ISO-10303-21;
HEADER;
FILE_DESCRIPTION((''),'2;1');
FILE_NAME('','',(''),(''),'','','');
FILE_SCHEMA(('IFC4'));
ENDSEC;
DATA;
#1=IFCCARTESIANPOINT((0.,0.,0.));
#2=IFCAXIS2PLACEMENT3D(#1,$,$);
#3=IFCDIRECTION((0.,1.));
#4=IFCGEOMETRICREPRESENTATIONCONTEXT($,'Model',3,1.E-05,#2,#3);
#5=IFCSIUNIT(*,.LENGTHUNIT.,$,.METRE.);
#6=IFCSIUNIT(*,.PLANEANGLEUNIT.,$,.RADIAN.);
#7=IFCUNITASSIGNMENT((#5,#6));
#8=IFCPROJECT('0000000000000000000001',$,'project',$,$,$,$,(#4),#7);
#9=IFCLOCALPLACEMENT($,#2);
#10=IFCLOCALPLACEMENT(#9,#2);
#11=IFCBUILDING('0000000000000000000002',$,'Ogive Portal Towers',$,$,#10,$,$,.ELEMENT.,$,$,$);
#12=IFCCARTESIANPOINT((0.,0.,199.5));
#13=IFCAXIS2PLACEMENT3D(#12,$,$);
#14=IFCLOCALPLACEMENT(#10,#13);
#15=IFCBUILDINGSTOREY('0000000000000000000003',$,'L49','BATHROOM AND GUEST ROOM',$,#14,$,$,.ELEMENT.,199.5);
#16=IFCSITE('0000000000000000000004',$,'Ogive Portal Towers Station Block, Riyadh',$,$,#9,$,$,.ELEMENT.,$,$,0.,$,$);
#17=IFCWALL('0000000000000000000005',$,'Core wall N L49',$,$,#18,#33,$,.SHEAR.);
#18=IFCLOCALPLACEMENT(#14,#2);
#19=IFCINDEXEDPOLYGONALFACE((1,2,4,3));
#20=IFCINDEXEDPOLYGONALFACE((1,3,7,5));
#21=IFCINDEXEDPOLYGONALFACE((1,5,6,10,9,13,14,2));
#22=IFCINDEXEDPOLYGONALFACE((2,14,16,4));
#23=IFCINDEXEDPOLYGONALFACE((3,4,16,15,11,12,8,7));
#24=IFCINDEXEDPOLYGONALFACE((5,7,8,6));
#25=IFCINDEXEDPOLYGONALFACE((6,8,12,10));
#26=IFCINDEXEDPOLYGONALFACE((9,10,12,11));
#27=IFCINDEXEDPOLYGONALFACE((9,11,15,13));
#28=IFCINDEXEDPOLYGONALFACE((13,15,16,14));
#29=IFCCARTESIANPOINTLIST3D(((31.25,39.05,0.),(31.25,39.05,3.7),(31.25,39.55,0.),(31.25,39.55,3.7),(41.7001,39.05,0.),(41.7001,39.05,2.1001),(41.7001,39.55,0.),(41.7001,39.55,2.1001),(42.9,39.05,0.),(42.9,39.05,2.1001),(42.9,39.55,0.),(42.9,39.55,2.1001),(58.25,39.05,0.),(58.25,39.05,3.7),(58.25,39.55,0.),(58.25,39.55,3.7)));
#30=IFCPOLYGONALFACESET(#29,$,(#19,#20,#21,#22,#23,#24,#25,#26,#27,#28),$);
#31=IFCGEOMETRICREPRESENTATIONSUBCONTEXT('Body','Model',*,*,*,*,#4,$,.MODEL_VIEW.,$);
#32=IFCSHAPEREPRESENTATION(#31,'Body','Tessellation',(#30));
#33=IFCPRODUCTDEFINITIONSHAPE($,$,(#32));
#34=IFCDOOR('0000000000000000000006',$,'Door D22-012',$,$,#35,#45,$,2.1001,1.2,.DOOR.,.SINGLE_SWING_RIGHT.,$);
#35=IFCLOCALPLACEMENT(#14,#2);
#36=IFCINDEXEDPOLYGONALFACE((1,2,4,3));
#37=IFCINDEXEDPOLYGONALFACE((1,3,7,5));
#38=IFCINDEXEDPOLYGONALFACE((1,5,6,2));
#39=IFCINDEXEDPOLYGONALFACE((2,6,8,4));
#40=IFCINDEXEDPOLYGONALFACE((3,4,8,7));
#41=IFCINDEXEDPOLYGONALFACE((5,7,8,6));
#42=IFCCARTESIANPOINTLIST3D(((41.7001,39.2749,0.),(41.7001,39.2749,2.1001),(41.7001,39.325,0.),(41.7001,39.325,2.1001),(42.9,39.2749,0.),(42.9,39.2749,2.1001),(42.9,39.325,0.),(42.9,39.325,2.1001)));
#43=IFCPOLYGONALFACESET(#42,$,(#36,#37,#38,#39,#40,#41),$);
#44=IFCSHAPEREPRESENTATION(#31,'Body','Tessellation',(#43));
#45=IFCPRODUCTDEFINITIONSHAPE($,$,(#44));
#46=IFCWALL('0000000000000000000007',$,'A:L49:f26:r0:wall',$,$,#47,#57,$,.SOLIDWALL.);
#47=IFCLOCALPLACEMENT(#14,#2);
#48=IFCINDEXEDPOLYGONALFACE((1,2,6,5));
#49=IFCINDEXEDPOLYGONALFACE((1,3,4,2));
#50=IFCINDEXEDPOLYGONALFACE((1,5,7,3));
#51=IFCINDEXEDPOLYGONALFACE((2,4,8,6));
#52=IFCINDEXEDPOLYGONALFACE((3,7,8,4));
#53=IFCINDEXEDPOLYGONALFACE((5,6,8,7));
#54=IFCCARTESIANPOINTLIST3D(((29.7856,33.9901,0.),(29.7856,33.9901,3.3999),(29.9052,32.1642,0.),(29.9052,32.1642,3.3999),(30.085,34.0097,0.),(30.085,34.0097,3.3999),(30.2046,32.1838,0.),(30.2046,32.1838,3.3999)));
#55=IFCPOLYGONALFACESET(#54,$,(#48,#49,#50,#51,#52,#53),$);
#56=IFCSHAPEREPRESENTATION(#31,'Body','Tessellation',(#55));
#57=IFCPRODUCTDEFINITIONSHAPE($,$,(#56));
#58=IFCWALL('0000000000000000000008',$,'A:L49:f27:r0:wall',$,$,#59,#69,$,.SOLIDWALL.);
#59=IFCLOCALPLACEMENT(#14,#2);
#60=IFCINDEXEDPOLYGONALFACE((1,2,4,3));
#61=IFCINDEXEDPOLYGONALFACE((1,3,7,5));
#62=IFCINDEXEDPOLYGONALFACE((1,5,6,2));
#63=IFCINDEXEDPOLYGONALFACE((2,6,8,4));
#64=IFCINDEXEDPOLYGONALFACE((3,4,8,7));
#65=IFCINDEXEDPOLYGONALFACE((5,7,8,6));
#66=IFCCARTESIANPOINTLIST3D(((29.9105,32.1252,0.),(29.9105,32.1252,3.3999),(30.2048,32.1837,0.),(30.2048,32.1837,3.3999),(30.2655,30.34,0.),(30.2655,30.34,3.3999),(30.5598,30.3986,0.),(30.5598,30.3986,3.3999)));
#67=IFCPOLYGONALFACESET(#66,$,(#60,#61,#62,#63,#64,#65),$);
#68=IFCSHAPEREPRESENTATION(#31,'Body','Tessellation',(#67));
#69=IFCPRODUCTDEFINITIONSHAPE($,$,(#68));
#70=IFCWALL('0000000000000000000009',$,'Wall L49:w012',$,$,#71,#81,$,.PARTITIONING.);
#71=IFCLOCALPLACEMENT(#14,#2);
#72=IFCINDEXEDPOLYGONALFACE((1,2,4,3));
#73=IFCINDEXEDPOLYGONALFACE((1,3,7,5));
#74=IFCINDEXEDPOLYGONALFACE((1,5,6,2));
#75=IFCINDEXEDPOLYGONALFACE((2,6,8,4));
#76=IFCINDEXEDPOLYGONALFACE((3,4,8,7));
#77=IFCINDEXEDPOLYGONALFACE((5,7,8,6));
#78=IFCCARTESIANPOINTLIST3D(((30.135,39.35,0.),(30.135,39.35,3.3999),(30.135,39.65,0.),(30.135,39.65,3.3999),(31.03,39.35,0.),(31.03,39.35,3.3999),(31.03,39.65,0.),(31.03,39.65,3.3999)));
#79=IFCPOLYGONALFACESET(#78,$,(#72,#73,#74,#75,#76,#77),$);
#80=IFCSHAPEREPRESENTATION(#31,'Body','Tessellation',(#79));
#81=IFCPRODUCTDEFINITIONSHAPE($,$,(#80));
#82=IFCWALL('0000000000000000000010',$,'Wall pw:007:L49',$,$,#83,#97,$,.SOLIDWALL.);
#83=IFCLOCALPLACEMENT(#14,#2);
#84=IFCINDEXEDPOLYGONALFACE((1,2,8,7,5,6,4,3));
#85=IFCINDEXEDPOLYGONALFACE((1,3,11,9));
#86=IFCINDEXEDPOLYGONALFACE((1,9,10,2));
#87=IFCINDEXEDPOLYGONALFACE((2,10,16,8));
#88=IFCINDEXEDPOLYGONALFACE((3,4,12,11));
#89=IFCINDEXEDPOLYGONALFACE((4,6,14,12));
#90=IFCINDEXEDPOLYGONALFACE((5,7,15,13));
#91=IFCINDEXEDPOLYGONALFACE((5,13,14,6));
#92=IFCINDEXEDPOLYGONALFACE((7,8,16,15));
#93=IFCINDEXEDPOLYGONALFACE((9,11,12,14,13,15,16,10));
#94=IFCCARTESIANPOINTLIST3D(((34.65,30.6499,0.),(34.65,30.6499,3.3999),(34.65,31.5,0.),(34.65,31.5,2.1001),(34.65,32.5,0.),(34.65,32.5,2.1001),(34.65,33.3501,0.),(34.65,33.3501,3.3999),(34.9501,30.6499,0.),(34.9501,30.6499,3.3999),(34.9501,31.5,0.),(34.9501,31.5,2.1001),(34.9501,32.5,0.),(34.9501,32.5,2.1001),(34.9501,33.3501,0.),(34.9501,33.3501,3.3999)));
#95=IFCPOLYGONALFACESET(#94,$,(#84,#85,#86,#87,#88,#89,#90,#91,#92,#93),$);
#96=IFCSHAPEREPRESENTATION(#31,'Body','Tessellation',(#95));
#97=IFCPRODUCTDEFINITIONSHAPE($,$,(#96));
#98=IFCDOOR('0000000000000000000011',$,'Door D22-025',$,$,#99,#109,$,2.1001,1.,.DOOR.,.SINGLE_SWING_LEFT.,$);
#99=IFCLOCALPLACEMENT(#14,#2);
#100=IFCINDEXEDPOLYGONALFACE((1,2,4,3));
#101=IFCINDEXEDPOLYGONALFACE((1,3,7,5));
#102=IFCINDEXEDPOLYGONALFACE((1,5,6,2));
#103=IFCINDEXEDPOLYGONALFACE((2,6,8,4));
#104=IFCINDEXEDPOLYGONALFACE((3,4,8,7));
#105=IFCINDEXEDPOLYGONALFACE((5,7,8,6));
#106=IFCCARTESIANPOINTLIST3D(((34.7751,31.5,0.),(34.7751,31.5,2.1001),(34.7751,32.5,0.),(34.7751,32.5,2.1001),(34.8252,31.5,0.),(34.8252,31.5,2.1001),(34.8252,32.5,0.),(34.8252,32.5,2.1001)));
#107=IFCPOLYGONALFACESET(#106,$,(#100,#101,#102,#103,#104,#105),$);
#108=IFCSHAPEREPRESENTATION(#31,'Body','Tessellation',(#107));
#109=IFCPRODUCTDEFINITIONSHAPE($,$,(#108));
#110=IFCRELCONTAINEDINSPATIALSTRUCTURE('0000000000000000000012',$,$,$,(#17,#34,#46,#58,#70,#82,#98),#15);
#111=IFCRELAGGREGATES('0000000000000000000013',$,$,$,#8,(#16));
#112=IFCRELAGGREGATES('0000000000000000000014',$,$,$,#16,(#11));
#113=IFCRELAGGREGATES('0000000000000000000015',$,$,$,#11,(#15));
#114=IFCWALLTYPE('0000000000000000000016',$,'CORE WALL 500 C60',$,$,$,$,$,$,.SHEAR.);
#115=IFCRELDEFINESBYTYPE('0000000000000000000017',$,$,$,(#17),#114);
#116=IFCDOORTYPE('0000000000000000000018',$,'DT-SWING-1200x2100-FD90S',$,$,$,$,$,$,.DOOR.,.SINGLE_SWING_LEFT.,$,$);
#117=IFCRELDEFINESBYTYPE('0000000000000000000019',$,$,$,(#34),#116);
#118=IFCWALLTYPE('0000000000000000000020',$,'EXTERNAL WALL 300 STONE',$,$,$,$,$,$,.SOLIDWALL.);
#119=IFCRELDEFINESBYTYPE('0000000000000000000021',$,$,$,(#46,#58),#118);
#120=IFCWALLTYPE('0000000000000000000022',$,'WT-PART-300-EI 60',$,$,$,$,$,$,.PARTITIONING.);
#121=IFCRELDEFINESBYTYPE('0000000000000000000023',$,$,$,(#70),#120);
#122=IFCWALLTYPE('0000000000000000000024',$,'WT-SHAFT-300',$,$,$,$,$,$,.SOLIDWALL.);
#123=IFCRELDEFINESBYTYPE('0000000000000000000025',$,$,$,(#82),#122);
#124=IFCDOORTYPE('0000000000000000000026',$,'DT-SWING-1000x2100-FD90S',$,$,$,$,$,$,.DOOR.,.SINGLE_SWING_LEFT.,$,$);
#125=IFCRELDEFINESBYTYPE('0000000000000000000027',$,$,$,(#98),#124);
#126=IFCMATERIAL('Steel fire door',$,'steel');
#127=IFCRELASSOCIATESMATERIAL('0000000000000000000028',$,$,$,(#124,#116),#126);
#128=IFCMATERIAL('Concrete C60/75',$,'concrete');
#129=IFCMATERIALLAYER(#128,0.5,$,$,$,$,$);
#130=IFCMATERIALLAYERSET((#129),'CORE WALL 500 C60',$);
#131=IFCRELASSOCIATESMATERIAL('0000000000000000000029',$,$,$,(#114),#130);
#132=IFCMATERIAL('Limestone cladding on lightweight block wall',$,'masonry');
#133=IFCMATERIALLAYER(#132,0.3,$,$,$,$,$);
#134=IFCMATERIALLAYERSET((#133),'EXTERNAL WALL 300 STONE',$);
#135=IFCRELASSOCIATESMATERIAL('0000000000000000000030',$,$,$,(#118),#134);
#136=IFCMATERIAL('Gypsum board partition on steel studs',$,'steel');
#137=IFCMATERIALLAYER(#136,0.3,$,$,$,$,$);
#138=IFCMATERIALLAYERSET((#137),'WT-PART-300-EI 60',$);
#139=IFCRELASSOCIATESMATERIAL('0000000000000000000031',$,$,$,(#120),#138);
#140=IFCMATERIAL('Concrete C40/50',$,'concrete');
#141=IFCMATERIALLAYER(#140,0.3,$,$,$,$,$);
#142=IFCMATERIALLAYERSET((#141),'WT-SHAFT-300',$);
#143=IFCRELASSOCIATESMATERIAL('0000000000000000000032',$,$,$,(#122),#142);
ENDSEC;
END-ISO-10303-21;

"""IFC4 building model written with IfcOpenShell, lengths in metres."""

from ifc_helpers import new_model, si_unit, direction, frame, frame_2d, origin, place, context, subcontext, project, spatial, rectangle, extrude, material, layer, layer_set, type_object, element, fill, save


model = new_model("IFC4")

# Units and contexts
model_context = context("Model", 3, precision=1e-05, world=origin(), true_north=direction((0.0, 1.0)))
body_context = subcontext(model_context, "Body", "Model", "MODEL_VIEW")
ifc_project = project(units=[si_unit("LENGTHUNIT", "METRE"), si_unit("PLANEANGLEUNIT", "RADIAN")], contexts=[model_context])

# Site, building, storey
site_placement = place(None, origin())
site = spatial("IfcSite", under=ifc_project, at=site_placement, Name="Ogive Portal Towers Station Block, Riyadh", CompositionType="ELEMENT", RefElevation=0.0)
building_placement = place(site_placement, origin())
building = spatial("IfcBuilding", under=site, at=building_placement, Name="Ogive Portal Towers", CompositionType="ELEMENT")
storey_placement = place(building_placement, frame((0.0, 0.0, 199.5)))
storey = spatial("IfcBuildingStorey", under=building, at=storey_placement, Name="L49", Description="BATHROOM AND GUEST ROOM", CompositionType="ELEMENT", Elevation=199.5)

# Shared definitions
ifc_material_1 = material(Name="Concrete C40/50", Category="concrete")

# Shared definitions
ifc_material_2 = material(Name="Concrete C60/75", Category="concrete")
ifc_material_3 = material(Name="Steel fire door", Category="steel")
door_type_1 = type_object("IfcDoorType", Name="DT-SWING-1000x2100-FD90S", OperationType="SINGLE_SWING_LEFT", PredefinedType="DOOR", material=ifc_material_3)
door_type_2 = type_object("IfcDoorType", Name="DT-SWING-1200x2100-FD90S", OperationType="SINGLE_SWING_LEFT", PredefinedType="DOOR", material=ifc_material_3)

# Wall, opening, door
ifc_layer_1 = layer(ifc_material_2, 0.5)
ifc_layer_set_1 = layer_set([ifc_layer_1], Name="CORE WALL 500 C60")
wall_type_1 = type_object("IfcWallType", Name="CORE WALL 500 C60", PredefinedType="SHEAR", material=ifc_layer_set_1)
wall_1_placement = place(storey_placement, frame((31.25, 39.3, 0.0), z_axis=(0.0, 0.0, 1.0), x_axis=(1.0, 0.0, 0.0)))
wall_1 = element("IfcWall", 1, at=wall_1_placement, inside=storey, type_object=wall_type_1, Name="Core wall N L49", PredefinedType="SHEAR", context=body_context, shape_type="SweptSolid", body=[
    extrude(rectangle(XDim=27.0, YDim=0.5, at=frame_2d((13.5, 0.0))), origin(), (0.0, 0.0, 1.0), 3.7),
])
opening_1_placement = place(wall_1_placement, frame((10.45, 0.0, 0.0)))
opening_1 = element("IfcOpeningElement", 2, at=opening_1_placement, cuts=wall_1, PredefinedType="OPENING", context=body_context, shape_type="SweptSolid", body=[
    extrude(rectangle(XDim=1.2, YDim=2.1001, at=frame_2d((0.6001, 1.05))), frame((0.0, 0.26, 0.0), z_axis=(0.0, -1.0, 0.0), x_axis=(1.0, 0.0, 0.0)), (0.0, 0.0, 1.0), 0.52),
])
door_1_placement = place(opening_1_placement, origin())
door_1 = element("IfcDoor", 3, at=door_1_placement, inside=storey, type_object=door_type_2, Name="Door D22-012", OperationType="SINGLE_SWING_RIGHT", OverallHeight=2.1001, OverallWidth=1.2, PredefinedType="DOOR", context=body_context, shape_type="SweptSolid", body=[
    extrude(rectangle(XDim=1.2, YDim=2.1001, at=frame_2d((0.6001, 1.05))), frame((0.0, 0.0249, 0.0), z_axis=(0.0, -1.0, 0.0), x_axis=(1.0, 0.0, 0.0)), (0.0, 0.0, 1.0), 0.05),
])
fill(opening_1, door_1)

# Walls
ifc_material_4 = material(Name="Limestone cladding on lightweight block wall", Category="masonry")
ifc_layer_2 = layer(ifc_material_4, 0.3)
ifc_layer_set_2 = layer_set([ifc_layer_2], Name="EXTERNAL WALL 300 STONE")
wall_type_2 = type_object("IfcWallType", Name="EXTERNAL WALL 300 STONE", PredefinedType="SOLIDWALL", material=ifc_layer_set_2)
wall_2_placement = place(storey_placement, frame((29.9353, 34.0, 0.0), z_axis=(0.0, 0.0, 1.0), x_axis=(0.065377, -0.997861, 0.0)))
element("IfcWall", 4, at=wall_2_placement, inside=storey, type_object=wall_type_2, Name="A:L49:f26:r0:wall", PredefinedType="SOLIDWALL", context=body_context, shape_type="SweptSolid", body=[
    extrude(rectangle(XDim=1.8298, YDim=0.3, at=frame_2d((0.915, 0.0))), origin(), (0.0, 0.0, 1.0), 3.3999),
])
wall_3_placement = place(storey_placement, frame((30.0576, 32.1545, 0.0), z_axis=(0.0, 0.0, 1.0), x_axis=(0.195033, -0.980797, 0.0)))
element("IfcWall", 5, at=wall_3_placement, inside=storey, type_object=wall_type_2, Name="A:L49:f27:r0:wall", PredefinedType="SOLIDWALL", context=body_context, shape_type="SweptSolid", body=[
    extrude(rectangle(XDim=1.8201, YDim=0.3, at=frame_2d((0.9102, 0.0))), origin(), (0.0, 0.0, 1.0), 3.3999),
])
ifc_material_5 = material(Name="Gypsum board partition on steel studs", Category="steel")
ifc_layer_3 = layer(ifc_material_5, 0.3)
ifc_layer_set_3 = layer_set([ifc_layer_3], Name="WT-PART-300-EI 60")
wall_type_3 = type_object("IfcWallType", Name="WT-PART-300-EI 60", PredefinedType="PARTITIONING", material=ifc_layer_set_3)
wall_4_placement = place(storey_placement, frame((30.135, 39.5, 0.0), z_axis=(0.0, 0.0, 1.0), x_axis=(1.0, 0.0, 0.0)))
element("IfcWall", 6, at=wall_4_placement, inside=storey, type_object=wall_type_3, Name="Wall L49:w012", PredefinedType="PARTITIONING", context=body_context, shape_type="SweptSolid", body=[
    extrude(rectangle(XDim=0.895, YDim=0.3, at=frame_2d((0.4475, 0.0))), origin(), (0.0, 0.0, 1.0), 3.3999),
])

# Wall, opening, door
ifc_layer_4 = layer(ifc_material_1, 0.3)
ifc_layer_set_4 = layer_set([ifc_layer_4], Name="WT-SHAFT-300")
wall_type_4 = type_object("IfcWallType", Name="WT-SHAFT-300", PredefinedType="SOLIDWALL", material=ifc_layer_set_4)
wall_5_placement = place(storey_placement, frame((34.8, 30.6499, 0.0), z_axis=(0.0, 0.0, 1.0), x_axis=(0.0, 1.0, 0.0)))
wall_5 = element("IfcWall", 7, at=wall_5_placement, inside=storey, type_object=wall_type_4, Name="Wall pw:007:L49", PredefinedType="SOLIDWALL", context=body_context, shape_type="SweptSolid", body=[
    extrude(rectangle(XDim=2.7002, YDim=0.3, at=frame_2d((1.3501, 0.0))), origin(), (0.0, 0.0, 1.0), 3.3999),
])
opening_2_placement = place(wall_5_placement, frame((0.8501, 0.0, 0.0)))
opening_2 = element("IfcOpeningElement", 8, at=opening_2_placement, cuts=wall_5, PredefinedType="OPENING", context=body_context, shape_type="SweptSolid", body=[
    extrude(rectangle(XDim=1.0, YDim=2.1001, at=frame_2d((0.5, 1.05))), frame((0.0, 0.1602, 0.0), z_axis=(0.0, -1.0, 0.0), x_axis=(1.0, 0.0, 0.0)), (0.0, 0.0, 1.0), 0.3201),
])
door_2_placement = place(opening_2_placement, origin())
door_2 = element("IfcDoor", 9, at=door_2_placement, inside=storey, type_object=door_type_1, Name="Door D22-025", OperationType="SINGLE_SWING_LEFT", OverallHeight=2.1001, OverallWidth=1.0, PredefinedType="DOOR", context=body_context, shape_type="SweptSolid", body=[
    extrude(rectangle(XDim=1.0, YDim=2.1001, at=frame_2d((0.5, 1.05))), frame((0.0, 0.0249, 0.0), z_axis=(0.0, -1.0, 0.0), x_axis=(1.0, 0.0, 0.0)), (0.0, 0.0, 1.0), 0.05),
])
fill(opening_2, door_2)

save(model, "model.ifc")
